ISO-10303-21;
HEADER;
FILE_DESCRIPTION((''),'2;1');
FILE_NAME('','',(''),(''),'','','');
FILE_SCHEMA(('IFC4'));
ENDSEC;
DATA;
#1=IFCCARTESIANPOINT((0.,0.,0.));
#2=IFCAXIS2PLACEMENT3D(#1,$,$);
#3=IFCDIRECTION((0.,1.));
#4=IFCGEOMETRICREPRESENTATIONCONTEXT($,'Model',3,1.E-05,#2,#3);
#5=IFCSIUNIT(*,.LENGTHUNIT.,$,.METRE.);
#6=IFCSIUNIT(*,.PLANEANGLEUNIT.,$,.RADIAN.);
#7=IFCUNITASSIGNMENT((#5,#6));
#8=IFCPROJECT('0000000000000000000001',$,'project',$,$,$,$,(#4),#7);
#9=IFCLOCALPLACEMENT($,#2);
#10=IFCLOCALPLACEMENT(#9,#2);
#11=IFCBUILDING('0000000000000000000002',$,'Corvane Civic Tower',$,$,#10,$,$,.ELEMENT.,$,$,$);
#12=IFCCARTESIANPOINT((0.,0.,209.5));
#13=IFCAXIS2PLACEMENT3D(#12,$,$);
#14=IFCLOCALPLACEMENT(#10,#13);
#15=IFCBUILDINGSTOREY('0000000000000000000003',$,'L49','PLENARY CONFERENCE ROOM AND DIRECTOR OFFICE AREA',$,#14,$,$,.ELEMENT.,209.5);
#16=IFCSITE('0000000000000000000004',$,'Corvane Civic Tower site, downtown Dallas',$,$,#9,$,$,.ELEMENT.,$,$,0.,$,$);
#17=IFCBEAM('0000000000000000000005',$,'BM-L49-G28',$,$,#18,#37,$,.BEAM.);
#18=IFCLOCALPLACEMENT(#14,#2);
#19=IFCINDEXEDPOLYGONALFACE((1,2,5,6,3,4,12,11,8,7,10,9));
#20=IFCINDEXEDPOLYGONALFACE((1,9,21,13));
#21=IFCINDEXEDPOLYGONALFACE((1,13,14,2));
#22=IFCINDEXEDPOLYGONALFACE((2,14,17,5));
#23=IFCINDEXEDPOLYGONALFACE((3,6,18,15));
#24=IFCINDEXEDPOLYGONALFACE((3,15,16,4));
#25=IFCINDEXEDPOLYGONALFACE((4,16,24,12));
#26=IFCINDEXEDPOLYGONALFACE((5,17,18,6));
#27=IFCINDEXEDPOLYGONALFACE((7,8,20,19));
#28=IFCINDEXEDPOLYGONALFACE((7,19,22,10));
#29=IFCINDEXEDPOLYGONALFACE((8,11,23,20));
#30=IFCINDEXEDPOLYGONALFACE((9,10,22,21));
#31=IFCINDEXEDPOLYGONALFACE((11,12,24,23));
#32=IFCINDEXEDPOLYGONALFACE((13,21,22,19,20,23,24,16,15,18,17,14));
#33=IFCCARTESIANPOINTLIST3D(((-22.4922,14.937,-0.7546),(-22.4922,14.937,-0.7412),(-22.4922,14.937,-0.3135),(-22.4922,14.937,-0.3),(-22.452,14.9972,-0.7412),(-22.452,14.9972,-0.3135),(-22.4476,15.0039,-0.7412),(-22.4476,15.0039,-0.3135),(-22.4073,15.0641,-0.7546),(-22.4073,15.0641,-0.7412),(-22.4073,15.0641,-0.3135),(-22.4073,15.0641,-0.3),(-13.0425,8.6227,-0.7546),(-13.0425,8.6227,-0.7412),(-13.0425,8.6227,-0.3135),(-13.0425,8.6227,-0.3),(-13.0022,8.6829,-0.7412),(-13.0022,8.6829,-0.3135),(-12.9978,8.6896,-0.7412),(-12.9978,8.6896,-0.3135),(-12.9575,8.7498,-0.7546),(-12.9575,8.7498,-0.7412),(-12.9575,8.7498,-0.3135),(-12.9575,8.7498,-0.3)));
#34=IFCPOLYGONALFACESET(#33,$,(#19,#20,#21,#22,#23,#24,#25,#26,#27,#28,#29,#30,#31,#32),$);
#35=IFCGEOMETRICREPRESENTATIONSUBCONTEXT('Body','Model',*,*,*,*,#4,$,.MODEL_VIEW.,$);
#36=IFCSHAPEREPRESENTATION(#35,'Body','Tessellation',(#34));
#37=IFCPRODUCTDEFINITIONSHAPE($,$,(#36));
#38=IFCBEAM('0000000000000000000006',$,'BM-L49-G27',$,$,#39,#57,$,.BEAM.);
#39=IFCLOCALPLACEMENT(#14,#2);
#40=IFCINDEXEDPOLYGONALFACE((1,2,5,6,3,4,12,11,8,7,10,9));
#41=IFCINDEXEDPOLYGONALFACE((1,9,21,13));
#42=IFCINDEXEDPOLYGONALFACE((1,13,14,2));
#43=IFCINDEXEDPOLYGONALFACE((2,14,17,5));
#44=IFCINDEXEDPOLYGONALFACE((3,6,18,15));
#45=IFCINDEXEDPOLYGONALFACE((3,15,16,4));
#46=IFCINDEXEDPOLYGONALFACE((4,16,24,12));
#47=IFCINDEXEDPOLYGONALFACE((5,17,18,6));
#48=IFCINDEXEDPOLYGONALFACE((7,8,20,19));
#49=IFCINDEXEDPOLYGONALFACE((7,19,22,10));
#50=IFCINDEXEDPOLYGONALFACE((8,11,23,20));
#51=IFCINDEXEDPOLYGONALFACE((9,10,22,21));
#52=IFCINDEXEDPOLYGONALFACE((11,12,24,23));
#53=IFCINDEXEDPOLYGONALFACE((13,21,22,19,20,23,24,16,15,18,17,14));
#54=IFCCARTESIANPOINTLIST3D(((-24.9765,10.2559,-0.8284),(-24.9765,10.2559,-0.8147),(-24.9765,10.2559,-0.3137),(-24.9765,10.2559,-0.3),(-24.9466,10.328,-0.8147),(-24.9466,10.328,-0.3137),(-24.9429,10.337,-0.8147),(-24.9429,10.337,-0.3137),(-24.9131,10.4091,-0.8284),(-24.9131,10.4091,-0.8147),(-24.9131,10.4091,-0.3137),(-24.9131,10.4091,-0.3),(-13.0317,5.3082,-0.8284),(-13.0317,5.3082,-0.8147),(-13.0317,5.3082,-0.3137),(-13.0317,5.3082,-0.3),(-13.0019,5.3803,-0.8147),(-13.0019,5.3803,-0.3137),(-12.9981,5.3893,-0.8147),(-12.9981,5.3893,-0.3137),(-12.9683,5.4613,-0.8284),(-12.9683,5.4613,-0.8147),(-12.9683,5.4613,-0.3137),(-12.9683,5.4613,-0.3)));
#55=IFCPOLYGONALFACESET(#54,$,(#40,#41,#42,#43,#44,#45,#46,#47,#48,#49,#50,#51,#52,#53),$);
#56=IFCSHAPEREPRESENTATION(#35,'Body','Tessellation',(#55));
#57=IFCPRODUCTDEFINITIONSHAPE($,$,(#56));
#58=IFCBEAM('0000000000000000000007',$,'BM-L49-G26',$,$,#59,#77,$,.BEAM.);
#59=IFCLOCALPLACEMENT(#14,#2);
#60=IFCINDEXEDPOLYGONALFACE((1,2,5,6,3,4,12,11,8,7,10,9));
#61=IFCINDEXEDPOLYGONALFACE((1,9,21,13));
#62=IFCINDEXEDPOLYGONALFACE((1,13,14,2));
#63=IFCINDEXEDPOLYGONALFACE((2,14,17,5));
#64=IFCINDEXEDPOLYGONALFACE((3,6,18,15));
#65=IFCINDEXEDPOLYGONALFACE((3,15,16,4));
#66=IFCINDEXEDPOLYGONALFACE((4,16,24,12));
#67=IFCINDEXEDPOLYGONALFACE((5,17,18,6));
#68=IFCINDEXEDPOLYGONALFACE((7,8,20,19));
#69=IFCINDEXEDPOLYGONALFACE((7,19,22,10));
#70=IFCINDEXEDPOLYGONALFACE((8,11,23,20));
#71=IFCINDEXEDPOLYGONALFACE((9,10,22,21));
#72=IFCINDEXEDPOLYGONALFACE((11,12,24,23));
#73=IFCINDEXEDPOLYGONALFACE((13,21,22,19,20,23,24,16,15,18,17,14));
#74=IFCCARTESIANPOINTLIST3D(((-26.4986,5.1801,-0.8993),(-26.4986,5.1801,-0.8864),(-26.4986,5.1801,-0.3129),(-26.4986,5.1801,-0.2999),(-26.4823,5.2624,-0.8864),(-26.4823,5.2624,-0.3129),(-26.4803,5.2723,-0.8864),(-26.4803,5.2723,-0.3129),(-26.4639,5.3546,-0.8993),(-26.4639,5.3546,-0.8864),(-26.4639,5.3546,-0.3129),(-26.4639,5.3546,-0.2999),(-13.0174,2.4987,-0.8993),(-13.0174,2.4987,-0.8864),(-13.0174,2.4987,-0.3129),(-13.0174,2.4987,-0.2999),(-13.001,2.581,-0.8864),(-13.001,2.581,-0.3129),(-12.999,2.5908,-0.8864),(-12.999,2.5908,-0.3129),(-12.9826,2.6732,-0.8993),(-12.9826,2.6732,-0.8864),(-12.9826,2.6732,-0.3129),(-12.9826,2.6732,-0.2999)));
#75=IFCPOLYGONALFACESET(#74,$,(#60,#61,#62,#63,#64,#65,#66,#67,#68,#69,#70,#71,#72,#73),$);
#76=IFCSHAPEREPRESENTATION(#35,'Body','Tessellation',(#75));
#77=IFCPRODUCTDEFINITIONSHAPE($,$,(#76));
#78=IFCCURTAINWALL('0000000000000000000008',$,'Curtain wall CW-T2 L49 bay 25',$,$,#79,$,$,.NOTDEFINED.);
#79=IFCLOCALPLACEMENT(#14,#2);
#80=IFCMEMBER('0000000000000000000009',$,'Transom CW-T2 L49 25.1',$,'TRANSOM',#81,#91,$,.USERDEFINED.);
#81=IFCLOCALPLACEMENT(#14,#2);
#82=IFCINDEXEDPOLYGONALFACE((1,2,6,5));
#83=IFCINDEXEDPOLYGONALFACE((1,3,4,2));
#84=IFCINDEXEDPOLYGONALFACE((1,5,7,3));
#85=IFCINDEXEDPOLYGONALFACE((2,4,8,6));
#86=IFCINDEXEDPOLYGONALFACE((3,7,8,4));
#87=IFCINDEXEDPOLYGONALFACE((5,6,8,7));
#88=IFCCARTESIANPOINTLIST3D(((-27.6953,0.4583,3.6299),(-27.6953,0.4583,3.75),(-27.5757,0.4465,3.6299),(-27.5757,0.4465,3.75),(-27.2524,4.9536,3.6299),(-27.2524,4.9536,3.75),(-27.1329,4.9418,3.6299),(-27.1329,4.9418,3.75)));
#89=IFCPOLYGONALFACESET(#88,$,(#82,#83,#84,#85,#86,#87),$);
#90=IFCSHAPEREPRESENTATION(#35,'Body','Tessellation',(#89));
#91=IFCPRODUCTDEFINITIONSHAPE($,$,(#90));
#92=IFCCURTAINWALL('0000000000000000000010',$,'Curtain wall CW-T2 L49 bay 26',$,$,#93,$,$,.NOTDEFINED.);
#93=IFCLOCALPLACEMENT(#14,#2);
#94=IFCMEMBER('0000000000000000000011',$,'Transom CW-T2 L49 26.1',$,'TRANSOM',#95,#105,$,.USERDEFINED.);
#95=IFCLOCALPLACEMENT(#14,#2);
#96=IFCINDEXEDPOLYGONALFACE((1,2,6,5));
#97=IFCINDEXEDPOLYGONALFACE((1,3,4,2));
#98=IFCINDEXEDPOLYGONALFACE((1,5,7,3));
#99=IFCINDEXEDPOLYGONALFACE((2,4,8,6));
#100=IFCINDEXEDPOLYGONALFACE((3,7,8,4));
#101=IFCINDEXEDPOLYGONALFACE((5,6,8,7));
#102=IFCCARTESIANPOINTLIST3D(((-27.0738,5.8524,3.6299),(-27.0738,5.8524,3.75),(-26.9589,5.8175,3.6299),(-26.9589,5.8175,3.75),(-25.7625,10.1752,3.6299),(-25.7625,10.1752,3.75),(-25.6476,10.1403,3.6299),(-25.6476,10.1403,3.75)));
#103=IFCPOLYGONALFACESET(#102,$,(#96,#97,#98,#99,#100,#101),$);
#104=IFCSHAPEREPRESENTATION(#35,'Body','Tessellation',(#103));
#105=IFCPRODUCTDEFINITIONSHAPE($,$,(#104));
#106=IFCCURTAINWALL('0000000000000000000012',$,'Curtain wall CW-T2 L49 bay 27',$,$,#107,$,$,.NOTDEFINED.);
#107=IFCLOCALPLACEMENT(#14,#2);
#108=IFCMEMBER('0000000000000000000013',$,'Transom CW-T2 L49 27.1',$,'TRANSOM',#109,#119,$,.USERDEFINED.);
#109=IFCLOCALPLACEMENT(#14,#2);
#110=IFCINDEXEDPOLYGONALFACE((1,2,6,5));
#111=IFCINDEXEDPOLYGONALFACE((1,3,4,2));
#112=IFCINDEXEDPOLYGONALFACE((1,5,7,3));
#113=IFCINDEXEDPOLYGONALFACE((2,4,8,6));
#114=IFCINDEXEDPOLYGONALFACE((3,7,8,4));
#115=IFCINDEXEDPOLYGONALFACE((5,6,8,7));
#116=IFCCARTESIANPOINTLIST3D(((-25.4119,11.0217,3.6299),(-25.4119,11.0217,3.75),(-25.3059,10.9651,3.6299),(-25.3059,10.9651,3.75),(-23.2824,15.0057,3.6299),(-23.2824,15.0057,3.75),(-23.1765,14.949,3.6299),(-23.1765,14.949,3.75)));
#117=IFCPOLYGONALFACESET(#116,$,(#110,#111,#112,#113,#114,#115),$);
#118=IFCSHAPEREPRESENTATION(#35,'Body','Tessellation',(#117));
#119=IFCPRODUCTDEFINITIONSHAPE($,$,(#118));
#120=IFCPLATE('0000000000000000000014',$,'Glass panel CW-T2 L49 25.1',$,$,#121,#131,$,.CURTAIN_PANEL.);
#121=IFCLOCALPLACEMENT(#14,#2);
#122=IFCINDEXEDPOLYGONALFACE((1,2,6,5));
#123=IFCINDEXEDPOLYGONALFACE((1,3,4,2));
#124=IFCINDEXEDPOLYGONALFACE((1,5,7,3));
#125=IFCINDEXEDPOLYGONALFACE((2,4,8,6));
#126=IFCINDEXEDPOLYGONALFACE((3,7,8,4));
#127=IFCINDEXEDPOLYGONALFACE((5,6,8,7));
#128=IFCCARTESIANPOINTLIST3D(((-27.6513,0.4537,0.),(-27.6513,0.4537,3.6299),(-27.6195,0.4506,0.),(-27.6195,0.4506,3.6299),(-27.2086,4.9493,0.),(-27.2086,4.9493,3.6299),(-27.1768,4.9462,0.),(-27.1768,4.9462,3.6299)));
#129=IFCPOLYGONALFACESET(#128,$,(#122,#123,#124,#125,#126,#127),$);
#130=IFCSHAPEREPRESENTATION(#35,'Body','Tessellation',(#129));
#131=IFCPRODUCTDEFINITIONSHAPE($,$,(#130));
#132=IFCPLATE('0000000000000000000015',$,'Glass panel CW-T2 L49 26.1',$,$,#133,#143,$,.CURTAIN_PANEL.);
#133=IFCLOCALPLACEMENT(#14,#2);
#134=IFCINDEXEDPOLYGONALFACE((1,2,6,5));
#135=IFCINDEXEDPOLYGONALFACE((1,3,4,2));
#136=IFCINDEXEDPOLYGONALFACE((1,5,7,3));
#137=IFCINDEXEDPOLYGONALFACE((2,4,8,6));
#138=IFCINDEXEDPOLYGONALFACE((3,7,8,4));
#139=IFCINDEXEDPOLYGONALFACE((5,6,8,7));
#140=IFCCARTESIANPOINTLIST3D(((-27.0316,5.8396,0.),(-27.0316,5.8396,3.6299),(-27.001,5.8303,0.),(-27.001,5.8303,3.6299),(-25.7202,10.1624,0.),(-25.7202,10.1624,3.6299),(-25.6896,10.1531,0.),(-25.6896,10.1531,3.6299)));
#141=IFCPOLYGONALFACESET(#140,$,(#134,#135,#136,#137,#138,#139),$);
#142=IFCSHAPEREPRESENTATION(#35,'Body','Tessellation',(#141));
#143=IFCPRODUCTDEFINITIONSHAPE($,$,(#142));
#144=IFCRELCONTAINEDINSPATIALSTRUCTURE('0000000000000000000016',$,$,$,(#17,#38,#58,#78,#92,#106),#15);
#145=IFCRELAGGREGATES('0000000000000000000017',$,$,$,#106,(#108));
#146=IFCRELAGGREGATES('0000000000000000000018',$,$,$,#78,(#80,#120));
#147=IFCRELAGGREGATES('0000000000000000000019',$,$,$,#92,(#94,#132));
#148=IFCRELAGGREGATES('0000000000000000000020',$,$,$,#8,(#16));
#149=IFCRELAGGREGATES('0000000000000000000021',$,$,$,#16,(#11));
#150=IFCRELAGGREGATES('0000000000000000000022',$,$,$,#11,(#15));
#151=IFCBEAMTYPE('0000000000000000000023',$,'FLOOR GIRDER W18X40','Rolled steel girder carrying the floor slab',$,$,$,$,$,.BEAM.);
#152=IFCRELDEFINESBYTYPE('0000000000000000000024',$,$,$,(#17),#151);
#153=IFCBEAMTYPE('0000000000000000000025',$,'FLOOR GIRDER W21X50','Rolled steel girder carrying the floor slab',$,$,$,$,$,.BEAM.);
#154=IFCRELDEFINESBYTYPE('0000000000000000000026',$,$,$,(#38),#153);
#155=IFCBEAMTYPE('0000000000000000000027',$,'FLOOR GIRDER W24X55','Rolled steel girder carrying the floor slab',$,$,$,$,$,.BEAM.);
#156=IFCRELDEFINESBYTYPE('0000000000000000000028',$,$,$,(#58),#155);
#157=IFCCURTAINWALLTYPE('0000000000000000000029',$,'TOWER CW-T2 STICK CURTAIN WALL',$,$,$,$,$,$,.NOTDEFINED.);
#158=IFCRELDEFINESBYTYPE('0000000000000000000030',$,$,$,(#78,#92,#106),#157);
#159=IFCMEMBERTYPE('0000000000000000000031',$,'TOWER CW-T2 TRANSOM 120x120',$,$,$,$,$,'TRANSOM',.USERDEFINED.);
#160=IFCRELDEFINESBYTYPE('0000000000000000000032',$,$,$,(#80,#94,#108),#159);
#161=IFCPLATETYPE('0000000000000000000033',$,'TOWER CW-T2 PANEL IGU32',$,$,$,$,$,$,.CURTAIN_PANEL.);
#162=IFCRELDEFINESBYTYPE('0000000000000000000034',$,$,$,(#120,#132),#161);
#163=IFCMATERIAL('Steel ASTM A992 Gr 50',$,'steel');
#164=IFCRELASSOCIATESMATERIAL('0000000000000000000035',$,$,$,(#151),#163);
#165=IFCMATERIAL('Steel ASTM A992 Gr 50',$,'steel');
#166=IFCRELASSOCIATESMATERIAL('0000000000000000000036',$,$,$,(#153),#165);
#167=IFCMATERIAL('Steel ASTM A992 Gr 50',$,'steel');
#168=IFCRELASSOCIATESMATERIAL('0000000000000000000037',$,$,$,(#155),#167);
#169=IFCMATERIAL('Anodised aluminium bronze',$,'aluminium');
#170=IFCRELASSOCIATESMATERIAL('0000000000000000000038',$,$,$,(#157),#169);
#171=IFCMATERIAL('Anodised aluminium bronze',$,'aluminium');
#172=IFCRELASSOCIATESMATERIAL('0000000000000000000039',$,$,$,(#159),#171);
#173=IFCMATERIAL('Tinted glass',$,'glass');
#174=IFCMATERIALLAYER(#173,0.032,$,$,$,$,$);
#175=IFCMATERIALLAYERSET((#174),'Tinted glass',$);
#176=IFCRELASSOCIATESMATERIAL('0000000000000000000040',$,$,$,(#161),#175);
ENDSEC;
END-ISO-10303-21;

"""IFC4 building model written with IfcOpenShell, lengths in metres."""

from ifc_helpers import new_model, si_unit, direction, frame, origin, origin_2d, place, context, subcontext, project, spatial, rectangle, i_section, extrude, material, layer, layer_set, material_profile, profile_set, type_object, element, aggregate, save


model = new_model("IFC4")

# Units and contexts
model_context = context("Model", 3, precision=1e-05, world=origin(), true_north=direction((0.0, 1.0)))
body_context = subcontext(model_context, "Body", "Model", "MODEL_VIEW")
ifc_project = project(units=[si_unit("LENGTHUNIT", "METRE"), si_unit("PLANEANGLEUNIT", "RADIAN")], contexts=[model_context])

# Site, building, storey
site_placement = place(None, origin())
site = spatial("IfcSite", under=ifc_project, at=site_placement, Name="Corvane Civic Tower site, downtown Dallas", CompositionType="ELEMENT", RefElevation=0.0)
building_placement = place(site_placement, origin())
building = spatial("IfcBuilding", under=site, at=building_placement, Name="Corvane Civic Tower", CompositionType="ELEMENT")
storey_placement = place(building_placement, frame((0.0, 0.0, 209.5)))
storey = spatial("IfcBuildingStorey", under=building, at=storey_placement, Name="L49", Description="PLENARY CONFERENCE ROOM AND DIRECTOR OFFICE AREA", CompositionType="ELEMENT", Elevation=209.5)

# Beams
ifc_material_1 = material(Name="Steel ASTM A992 Gr 50", Category="steel")
ifc_material_profile_1 = material_profile(ifc_material_1, i_section(OverallWidth=0.1528, OverallDepth=0.4546, WebThickness=0.0081, FlangeThickness=0.0134, at=origin_2d()), Name="W18X40")
ifc_profile_set_1 = profile_set([ifc_material_profile_1], Name="Steel ASTM A992 Gr 50")
beam_type_1 = type_object("IfcBeamType", Name="FLOOR GIRDER W18X40", Description="Rolled steel girder carrying the floor slab", PredefinedType="BEAM", material=ifc_profile_set_1)
beam_1_placement = place(storey_placement, frame((-13.0, 8.6863, -0.5273), z_axis=(-0.831465, 0.555577, 0.0), x_axis=(-0.555577, -0.831465, 0.0)))
element("IfcBeam", 1, at=beam_1_placement, inside=storey, type_object=beam_type_1, Name="BM-L49-G28", PredefinedType="BEAM", context=body_context, shape_type="SweptSolid", body=[
    extrude(i_section(OverallWidth=0.1528, OverallDepth=0.4546, WebThickness=0.0081, FlangeThickness=0.0134, at=origin_2d()), origin(), (0.0, 0.0, 1.0), 11.3652),
])
ifc_material_2 = material(Name="Steel ASTM A992 Gr 50", Category="steel")
ifc_material_profile_2 = material_profile(ifc_material_2, i_section(OverallWidth=0.1658, OverallDepth=0.5283, WebThickness=0.0098, FlangeThickness=0.0137, at=origin_2d()), Name="W21X50")
ifc_profile_set_2 = profile_set([ifc_material_profile_2], Name="Steel ASTM A992 Gr 50")
beam_type_2 = type_object("IfcBeamType", Name="FLOOR GIRDER W21X50", Description="Rolled steel girder carrying the floor slab", PredefinedType="BEAM", material=ifc_profile_set_2)
beam_2_placement = place(storey_placement, frame((-13.0, 5.3848, -0.5642), z_axis=(-0.923878, 0.382686, 0.0), x_axis=(-0.382686, -0.923878, 0.0)))
element("IfcBeam", 2, at=beam_2_placement, inside=storey, type_object=beam_type_2, Name="BM-L49-G27", PredefinedType="BEAM", context=body_context, shape_type="SweptSolid", body=[
    extrude(i_section(OverallWidth=0.1658, OverallDepth=0.5283, WebThickness=0.0098, FlangeThickness=0.0137, at=origin_2d()), origin(), (0.0, 0.0, 1.0), 12.929),
])
ifc_material_3 = material(Name="Steel ASTM A992 Gr 50", Category="steel")
ifc_material_profile_3 = material_profile(ifc_material_3, i_section(OverallWidth=0.178, OverallDepth=0.5994, WebThickness=0.01, FlangeThickness=0.0129, at=origin_2d()), Name="W24X55")
ifc_profile_set_3 = profile_set([ifc_material_profile_3], Name="Steel ASTM A992 Gr 50")
beam_type_3 = type_object("IfcBeamType", Name="FLOOR GIRDER W24X55", Description="Rolled steel girder carrying the floor slab", PredefinedType="BEAM", material=ifc_profile_set_3)
beam_3_placement = place(storey_placement, frame((-13.0, 2.5859, -0.5996), z_axis=(-0.980788, 0.195078, 0.0), x_axis=(-0.195078, -0.980788, 0.0)))
element("IfcBeam", 3, at=beam_3_placement, inside=storey, type_object=beam_type_3, Name="BM-L49-G26", PredefinedType="BEAM", context=body_context, shape_type="SweptSolid", body=[
    extrude(i_section(OverallWidth=0.178, OverallDepth=0.5994, WebThickness=0.01, FlangeThickness=0.0129, at=origin_2d()), origin(), (0.0, 0.0, 1.0), 13.7454),
])

# Curtain walls, members
ifc_material_4 = material(Name="Anodised aluminium bronze", Category="aluminium")
curtain_wall_type = type_object("IfcCurtainWallType", Name="TOWER CW-T2 STICK CURTAIN WALL", PredefinedType="NOTDEFINED", material=ifc_material_4)
curtain_wall_1_placement = place(storey_placement, origin())
curtain_wall_1 = element("IfcCurtainWall", 4, at=curtain_wall_1_placement, inside=storey, type_object=curtain_wall_type, Name="Curtain wall CW-T2 L49 bay 25", PredefinedType="NOTDEFINED")
ifc_material_5 = material(Name="Anodised aluminium bronze", Category="aluminium")
ifc_material_profile_4 = material_profile(ifc_material_5, rectangle(XDim=0.1201, YDim=0.1201, at=origin_2d()), Name="TOWER CW-T2 TRANSOM 120x120")
ifc_profile_set_4 = profile_set([ifc_material_profile_4], Name="Anodised aluminium bronze")
member_type = type_object("IfcMemberType", Name="TOWER CW-T2 TRANSOM 120x120", ElementType="TRANSOM", PredefinedType="USERDEFINED", material=ifc_profile_set_4)
member_1_placement = place(storey_placement, frame((-27.6355, 0.4524, 3.6899), z_axis=(0.098043, 0.995182, 0.0), x_axis=(-0.995182, 0.098043, 0.0)))
member_1 = element("IfcMember", 5, at=member_1_placement, type_object=member_type, Name="Transom CW-T2 L49 25.1", ObjectType="TRANSOM", PredefinedType="USERDEFINED", context=body_context, shape_type="SweptSolid", body=[
    extrude(rectangle(XDim=0.1201, YDim=0.1201, at=origin_2d()), origin(), (0.0, 0.0, 1.0), 4.5171),
])
curtain_wall_2_placement = place(storey_placement, origin())
curtain_wall_2 = element("IfcCurtainWall", 6, at=curtain_wall_2_placement, inside=storey, type_object=curtain_wall_type, Name="Curtain wall CW-T2 L49 bay 26", PredefinedType="NOTDEFINED")
member_2_placement = place(storey_placement, frame((-27.0164, 5.835, 3.6899), z_axis=(0.290282, 0.956941, 0.0), x_axis=(-0.956941, 0.290282, 0.0)))
member_2 = element("IfcMember", 7, at=member_2_placement, type_object=member_type, Name="Transom CW-T2 L49 26.1", ObjectType="TRANSOM", PredefinedType="USERDEFINED", context=body_context, shape_type="SweptSolid", body=[
    extrude(rectangle(XDim=0.1201, YDim=0.1201, at=origin_2d()), origin(), (0.0, 0.0, 1.0), 4.5173),
])
curtain_wall_3_placement = place(storey_placement, origin())
curtain_wall_3 = element("IfcCurtainWall", 8, at=curtain_wall_3_placement, inside=storey, type_object=curtain_wall_type, Name="Curtain wall CW-T2 L49 bay 27", PredefinedType="NOTDEFINED")
member_3_placement = place(storey_placement, frame((-25.3589, 10.9934, 3.6899), z_axis=(0.47139, 0.881925, 0.0), x_axis=(-0.881925, 0.47139, 0.0)))
member_3 = element("IfcMember", 9, at=member_3_placement, type_object=member_type, Name="Transom CW-T2 L49 27.1", ObjectType="TRANSOM", PredefinedType="USERDEFINED", context=body_context, shape_type="SweptSolid", body=[
    extrude(rectangle(XDim=0.1201, YDim=0.1201, at=origin_2d()), origin(), (0.0, 0.0, 1.0), 4.5173),
])
aggregate(curtain_wall_3, [member_3])

# Plates
ifc_material_6 = material(Name="Tinted glass", Category="glass")
ifc_layer_1 = layer(ifc_material_6, 0.032)
ifc_layer_set_1 = layer_set([ifc_layer_1], Name="Tinted glass")
plate_type = type_object("IfcPlateType", Name="TOWER CW-T2 PANEL IGU32", PredefinedType="CURTAIN_PANEL", material=ifc_layer_set_1)
plate_1_placement = place(storey_placement, frame((-27.4141, 2.7, 0.0), z_axis=(0.0, 0.0, 1.0), x_axis=(0.097993, 0.995187, 0.0)))
plate_1 = element("IfcPlate", 10, at=plate_1_placement, type_object=plate_type, Name="Glass panel CW-T2 L49 25.1", PredefinedType="CURTAIN_PANEL", context=body_context, shape_type="SweptSolid", body=[
    extrude(rectangle(XDim=4.5173, YDim=0.032, at=origin_2d()), origin(), (0.0, 0.0, 1.0), 3.6299),
])
aggregate(curtain_wall_1, [member_1, plate_1])
plate_2_placement = place(storey_placement, frame((-26.3606, 7.9963, 0.0), z_axis=(0.0, 0.0, 1.0), x_axis=(0.29029, 0.956939, 0.0)))
plate_2 = element("IfcPlate", 11, at=plate_2_placement, type_object=plate_type, Name="Glass panel CW-T2 L49 26.1", PredefinedType="CURTAIN_PANEL", context=body_context, shape_type="SweptSolid", body=[
    extrude(rectangle(XDim=4.5173, YDim=0.032, at=origin_2d()), origin(), (0.0, 0.0, 1.0), 3.6299),
])
aggregate(curtain_wall_2, [member_2, plate_2])

save(model, "model.ifc")
